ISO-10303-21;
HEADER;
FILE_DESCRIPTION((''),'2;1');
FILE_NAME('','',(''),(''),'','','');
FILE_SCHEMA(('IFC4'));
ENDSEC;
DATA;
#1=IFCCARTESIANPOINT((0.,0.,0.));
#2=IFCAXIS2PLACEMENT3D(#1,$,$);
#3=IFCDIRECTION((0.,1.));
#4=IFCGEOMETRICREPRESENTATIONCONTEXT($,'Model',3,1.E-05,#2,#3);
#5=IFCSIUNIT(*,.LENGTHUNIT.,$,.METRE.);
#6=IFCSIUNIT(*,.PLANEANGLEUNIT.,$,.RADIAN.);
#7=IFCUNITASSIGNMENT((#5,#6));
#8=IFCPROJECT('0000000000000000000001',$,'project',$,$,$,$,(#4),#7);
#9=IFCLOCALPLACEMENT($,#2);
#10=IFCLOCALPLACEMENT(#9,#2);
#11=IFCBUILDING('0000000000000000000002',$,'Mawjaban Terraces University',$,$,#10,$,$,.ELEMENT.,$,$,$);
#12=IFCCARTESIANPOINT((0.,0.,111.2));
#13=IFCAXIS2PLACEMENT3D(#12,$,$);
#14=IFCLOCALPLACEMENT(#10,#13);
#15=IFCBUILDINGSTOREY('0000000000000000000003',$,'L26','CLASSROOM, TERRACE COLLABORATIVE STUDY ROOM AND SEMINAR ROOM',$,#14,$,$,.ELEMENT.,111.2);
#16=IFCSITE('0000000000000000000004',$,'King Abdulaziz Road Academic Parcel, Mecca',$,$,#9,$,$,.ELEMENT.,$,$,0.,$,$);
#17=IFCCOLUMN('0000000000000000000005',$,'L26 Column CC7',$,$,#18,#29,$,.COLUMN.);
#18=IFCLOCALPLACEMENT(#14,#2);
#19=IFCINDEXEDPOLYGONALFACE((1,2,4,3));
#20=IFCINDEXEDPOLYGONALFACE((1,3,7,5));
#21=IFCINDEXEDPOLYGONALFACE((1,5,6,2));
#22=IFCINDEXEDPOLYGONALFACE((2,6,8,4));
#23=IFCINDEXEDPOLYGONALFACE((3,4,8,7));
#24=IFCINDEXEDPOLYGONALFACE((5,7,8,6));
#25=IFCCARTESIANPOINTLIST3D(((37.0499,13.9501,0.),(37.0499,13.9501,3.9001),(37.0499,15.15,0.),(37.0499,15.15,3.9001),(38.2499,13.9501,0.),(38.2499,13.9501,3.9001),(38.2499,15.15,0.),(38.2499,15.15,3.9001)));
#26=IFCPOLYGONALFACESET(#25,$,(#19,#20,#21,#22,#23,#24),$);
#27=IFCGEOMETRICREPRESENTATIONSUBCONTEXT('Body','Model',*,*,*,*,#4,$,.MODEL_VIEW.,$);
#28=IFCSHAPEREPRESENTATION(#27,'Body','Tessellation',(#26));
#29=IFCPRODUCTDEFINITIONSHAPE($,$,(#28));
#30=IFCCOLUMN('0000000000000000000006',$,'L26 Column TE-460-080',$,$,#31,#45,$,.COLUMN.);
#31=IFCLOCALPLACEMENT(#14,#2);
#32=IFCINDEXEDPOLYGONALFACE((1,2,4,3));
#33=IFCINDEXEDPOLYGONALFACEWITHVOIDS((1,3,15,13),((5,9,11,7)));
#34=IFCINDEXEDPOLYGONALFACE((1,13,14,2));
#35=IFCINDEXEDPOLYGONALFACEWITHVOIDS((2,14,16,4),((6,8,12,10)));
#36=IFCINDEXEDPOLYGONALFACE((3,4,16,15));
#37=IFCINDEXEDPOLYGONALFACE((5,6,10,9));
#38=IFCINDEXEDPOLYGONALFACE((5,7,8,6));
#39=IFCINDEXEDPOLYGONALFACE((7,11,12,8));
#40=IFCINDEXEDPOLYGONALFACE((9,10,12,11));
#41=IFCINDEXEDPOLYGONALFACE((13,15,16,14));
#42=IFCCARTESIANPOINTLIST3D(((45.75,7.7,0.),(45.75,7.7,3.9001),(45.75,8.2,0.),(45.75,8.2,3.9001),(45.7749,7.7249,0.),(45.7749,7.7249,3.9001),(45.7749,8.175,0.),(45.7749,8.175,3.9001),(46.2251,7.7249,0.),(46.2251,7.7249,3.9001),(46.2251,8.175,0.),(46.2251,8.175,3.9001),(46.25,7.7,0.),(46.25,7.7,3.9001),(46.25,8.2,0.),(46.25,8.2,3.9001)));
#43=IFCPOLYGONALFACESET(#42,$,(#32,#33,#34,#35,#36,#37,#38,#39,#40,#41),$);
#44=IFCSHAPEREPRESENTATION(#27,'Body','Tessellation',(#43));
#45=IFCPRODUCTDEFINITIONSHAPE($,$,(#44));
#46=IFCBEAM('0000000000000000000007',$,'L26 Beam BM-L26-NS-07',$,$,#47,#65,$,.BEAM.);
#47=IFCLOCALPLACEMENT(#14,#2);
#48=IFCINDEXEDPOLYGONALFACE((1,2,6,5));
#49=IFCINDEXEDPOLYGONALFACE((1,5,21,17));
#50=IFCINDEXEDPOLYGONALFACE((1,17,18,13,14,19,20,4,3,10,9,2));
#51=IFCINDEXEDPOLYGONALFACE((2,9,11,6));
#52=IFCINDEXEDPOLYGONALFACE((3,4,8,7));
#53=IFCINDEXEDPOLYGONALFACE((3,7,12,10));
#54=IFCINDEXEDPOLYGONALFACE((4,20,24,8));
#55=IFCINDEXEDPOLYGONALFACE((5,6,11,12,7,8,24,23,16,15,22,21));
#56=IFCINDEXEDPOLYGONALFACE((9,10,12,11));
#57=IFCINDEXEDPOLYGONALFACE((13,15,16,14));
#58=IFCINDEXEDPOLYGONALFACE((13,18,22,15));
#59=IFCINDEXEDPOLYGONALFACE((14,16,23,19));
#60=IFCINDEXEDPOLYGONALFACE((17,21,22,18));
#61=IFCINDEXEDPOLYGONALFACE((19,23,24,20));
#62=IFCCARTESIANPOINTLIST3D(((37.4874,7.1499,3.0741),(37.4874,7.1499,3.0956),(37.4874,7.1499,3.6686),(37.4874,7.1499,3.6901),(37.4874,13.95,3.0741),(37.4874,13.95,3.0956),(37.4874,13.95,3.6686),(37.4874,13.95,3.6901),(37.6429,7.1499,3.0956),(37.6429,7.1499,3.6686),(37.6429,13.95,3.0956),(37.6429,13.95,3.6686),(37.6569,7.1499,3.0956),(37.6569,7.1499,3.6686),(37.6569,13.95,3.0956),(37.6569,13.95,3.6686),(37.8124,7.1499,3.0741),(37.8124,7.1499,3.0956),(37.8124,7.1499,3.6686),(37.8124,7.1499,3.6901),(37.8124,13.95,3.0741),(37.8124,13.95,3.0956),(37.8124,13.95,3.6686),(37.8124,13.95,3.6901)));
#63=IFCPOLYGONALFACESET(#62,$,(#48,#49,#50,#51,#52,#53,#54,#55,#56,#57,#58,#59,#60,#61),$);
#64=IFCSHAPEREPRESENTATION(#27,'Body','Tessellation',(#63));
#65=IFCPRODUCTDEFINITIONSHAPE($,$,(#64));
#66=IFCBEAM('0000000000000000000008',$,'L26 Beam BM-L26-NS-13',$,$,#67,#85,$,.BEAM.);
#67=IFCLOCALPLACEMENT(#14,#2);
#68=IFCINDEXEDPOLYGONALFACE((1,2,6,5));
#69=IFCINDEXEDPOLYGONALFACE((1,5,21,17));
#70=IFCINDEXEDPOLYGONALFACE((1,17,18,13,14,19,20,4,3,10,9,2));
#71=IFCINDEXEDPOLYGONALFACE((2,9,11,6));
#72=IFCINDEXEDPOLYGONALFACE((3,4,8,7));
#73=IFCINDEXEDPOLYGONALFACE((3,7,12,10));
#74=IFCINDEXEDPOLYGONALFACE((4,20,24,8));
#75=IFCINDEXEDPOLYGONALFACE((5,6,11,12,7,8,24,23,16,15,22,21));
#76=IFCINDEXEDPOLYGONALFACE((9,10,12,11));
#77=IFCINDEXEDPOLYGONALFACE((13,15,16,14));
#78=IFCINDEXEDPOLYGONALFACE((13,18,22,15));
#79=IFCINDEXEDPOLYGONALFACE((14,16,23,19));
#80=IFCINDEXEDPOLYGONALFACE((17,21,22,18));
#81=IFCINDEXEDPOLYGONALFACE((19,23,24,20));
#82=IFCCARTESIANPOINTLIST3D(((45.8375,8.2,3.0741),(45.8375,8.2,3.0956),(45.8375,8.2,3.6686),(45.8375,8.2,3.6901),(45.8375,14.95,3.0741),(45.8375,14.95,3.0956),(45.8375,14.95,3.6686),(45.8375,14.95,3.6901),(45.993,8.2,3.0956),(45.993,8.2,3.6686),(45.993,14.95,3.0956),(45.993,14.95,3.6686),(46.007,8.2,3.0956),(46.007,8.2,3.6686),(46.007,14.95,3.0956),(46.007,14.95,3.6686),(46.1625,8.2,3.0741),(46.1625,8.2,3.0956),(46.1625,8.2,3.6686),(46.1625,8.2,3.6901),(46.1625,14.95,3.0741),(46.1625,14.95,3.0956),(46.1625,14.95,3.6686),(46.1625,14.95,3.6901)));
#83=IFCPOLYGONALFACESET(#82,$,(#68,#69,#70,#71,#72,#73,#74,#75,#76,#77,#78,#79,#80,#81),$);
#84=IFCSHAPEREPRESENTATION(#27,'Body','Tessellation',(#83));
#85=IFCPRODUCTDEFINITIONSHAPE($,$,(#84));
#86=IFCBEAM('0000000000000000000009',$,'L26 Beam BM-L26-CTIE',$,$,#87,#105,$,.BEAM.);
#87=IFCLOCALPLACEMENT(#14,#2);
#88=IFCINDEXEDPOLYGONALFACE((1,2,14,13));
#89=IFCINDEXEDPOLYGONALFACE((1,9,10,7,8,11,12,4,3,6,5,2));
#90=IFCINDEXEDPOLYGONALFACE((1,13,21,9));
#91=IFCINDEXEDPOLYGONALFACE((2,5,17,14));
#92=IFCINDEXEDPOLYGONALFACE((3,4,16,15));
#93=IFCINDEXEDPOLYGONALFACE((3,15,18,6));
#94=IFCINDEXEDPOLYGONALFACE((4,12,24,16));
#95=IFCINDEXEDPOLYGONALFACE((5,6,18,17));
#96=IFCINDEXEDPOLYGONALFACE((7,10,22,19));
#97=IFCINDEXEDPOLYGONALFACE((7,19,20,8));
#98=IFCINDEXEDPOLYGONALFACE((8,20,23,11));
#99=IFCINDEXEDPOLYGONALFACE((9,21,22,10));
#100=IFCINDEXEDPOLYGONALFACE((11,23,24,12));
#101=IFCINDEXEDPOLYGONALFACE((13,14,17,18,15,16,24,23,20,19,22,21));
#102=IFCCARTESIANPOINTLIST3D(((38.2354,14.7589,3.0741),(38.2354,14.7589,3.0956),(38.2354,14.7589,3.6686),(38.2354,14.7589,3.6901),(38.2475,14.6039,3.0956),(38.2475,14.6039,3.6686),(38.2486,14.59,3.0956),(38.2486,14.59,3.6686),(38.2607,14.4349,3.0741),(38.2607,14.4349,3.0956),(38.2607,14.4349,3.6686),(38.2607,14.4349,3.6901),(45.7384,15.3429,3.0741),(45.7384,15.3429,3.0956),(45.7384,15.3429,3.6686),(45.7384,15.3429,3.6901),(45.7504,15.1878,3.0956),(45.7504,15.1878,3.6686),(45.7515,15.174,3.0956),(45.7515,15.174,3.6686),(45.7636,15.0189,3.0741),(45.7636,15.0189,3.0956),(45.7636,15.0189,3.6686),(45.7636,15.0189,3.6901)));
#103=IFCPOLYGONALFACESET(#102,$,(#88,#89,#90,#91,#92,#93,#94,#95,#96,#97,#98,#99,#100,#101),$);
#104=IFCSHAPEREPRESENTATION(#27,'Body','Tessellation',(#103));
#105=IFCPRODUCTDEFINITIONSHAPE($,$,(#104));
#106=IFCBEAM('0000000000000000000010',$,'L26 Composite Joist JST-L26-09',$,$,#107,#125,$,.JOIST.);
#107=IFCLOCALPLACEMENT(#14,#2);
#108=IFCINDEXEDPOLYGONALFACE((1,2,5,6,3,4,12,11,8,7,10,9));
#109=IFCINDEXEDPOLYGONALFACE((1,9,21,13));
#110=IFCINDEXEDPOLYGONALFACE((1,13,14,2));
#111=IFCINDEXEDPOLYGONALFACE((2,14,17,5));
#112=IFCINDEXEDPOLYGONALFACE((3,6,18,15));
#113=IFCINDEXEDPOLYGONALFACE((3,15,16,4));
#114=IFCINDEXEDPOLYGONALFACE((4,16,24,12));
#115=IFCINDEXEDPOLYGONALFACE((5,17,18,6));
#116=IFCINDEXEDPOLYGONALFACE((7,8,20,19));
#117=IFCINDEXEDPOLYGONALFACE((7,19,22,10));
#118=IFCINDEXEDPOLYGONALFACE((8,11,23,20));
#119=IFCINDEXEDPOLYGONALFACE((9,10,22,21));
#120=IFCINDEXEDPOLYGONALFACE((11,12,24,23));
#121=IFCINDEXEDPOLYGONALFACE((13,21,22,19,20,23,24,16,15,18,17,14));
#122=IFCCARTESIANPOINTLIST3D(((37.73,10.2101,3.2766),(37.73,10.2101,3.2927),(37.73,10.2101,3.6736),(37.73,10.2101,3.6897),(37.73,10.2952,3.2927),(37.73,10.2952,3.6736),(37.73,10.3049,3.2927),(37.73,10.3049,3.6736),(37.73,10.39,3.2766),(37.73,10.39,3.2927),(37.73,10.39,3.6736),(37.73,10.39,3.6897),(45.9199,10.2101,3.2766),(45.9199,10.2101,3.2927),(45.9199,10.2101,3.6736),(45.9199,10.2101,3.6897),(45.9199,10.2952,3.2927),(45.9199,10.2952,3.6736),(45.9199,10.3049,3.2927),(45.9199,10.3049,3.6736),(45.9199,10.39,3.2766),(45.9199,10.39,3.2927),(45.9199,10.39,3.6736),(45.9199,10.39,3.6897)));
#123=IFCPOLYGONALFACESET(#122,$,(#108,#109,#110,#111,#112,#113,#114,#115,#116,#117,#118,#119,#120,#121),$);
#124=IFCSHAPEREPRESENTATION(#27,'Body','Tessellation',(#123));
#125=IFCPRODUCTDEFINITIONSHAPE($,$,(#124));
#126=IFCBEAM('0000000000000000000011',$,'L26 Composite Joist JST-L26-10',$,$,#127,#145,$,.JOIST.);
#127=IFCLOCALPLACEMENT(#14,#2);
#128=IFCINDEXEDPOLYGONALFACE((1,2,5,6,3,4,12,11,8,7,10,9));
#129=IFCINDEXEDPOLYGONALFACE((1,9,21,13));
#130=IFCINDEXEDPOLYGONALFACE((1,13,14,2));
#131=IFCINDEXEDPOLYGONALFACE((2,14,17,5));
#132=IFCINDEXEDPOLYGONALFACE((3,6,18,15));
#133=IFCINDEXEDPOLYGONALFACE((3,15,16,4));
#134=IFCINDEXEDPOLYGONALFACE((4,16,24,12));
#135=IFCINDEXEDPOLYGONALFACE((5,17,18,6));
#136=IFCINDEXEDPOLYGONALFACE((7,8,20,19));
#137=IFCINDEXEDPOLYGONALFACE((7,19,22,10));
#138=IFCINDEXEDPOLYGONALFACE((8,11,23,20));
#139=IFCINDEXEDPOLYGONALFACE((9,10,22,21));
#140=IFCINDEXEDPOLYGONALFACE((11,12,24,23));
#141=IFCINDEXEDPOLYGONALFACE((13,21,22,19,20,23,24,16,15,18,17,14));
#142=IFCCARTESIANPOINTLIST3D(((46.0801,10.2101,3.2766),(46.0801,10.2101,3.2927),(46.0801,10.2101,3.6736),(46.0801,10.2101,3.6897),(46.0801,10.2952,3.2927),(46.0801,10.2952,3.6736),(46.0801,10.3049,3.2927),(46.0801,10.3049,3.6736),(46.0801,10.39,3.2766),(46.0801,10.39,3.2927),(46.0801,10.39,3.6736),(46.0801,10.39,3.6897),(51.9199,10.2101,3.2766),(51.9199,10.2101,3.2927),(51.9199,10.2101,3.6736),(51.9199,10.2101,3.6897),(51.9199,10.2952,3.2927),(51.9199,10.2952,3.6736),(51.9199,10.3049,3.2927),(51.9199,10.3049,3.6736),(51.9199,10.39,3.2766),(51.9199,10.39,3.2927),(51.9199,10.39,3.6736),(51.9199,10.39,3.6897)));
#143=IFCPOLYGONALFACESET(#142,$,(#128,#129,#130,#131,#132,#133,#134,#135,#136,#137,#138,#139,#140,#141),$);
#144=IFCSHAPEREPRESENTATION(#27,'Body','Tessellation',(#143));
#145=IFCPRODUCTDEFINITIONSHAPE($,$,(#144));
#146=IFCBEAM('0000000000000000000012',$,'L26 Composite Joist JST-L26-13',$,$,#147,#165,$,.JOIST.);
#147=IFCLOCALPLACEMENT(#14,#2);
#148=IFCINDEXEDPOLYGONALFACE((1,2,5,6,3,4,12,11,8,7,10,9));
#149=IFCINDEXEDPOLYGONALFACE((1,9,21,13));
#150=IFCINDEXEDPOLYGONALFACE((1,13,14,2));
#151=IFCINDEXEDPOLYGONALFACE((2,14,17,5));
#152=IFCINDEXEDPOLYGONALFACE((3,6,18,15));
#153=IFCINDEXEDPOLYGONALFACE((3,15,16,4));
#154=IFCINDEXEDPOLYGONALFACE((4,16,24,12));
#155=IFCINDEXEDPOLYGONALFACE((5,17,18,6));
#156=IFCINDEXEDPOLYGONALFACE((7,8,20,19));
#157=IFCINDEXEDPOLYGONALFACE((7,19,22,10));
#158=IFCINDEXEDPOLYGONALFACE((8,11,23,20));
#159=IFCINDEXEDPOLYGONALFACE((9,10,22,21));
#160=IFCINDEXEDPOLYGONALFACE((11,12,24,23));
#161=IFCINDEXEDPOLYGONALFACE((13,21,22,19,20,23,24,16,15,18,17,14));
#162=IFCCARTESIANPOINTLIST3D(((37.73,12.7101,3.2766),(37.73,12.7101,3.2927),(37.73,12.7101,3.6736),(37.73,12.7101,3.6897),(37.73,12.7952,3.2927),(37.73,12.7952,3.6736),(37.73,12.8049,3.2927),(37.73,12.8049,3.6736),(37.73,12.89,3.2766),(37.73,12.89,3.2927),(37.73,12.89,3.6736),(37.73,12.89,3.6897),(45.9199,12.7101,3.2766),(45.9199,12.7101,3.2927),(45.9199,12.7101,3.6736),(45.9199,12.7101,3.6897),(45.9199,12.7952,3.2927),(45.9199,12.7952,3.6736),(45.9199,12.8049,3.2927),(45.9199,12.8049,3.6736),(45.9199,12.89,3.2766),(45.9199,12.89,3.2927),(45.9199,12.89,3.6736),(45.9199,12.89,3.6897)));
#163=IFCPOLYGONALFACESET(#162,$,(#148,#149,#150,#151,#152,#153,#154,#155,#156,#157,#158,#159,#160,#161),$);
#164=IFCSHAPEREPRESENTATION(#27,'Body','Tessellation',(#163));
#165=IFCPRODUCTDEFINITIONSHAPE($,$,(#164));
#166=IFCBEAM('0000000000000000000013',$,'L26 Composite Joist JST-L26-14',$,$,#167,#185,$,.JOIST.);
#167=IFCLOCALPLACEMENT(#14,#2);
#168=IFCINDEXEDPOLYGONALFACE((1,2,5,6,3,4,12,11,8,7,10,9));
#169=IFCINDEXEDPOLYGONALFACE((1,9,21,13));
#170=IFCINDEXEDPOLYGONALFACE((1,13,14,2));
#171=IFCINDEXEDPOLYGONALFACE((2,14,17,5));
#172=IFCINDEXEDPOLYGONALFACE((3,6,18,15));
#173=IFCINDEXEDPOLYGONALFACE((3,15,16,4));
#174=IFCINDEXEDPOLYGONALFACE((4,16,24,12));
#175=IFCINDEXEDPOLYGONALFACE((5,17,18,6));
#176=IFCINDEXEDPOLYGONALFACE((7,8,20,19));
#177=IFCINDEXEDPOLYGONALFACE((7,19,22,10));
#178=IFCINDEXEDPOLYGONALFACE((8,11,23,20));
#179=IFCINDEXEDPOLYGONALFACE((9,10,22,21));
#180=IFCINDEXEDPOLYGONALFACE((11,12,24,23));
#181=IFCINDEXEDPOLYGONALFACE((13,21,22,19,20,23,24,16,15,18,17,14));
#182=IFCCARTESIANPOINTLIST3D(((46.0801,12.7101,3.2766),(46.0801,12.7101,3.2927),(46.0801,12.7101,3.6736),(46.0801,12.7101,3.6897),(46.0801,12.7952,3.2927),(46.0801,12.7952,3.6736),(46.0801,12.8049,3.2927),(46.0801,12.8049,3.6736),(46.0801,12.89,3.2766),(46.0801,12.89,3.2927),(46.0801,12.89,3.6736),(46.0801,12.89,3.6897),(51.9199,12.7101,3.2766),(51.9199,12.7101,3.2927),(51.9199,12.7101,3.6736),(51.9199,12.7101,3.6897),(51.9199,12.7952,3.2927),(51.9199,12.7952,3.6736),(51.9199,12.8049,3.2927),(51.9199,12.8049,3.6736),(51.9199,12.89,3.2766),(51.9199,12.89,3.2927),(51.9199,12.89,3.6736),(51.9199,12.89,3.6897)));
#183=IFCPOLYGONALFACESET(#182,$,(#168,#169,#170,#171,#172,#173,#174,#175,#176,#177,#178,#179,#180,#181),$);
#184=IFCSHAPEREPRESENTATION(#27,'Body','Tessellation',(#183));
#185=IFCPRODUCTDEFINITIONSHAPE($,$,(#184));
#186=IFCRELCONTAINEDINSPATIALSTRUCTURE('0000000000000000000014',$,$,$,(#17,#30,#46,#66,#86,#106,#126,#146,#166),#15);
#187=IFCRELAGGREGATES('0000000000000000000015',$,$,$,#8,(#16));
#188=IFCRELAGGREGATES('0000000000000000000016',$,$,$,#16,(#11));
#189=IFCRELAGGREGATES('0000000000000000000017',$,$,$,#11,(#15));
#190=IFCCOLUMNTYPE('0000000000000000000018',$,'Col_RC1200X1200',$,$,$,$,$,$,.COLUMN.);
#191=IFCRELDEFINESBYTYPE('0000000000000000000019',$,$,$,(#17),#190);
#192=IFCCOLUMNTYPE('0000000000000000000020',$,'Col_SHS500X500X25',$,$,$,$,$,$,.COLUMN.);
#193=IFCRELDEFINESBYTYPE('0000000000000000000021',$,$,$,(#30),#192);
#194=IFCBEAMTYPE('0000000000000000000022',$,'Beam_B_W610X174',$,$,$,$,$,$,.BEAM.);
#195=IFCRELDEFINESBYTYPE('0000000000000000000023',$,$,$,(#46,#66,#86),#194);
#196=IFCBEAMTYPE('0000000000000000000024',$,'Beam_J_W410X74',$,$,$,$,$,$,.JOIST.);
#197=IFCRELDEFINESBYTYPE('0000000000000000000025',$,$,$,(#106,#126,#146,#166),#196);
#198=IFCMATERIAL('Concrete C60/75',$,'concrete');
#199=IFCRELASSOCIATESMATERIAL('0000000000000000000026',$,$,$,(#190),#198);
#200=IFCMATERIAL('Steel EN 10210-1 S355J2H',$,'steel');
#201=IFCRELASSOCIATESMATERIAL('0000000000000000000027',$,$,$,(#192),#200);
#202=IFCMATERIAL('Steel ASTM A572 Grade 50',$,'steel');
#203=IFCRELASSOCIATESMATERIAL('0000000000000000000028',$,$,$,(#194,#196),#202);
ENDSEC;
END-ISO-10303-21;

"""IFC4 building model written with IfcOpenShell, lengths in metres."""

from ifc_helpers import new_model, si_unit, direction, frame, origin, origin_2d, place, context, subcontext, project, spatial, rectangle, hollow_rectangle, i_section, extrude, material, material_profile, profile_set, type_object, element, save


model = new_model("IFC4")

# Units and contexts
model_context = context("Model", 3, precision=1e-05, world=origin(), true_north=direction((0.0, 1.0)))
body_context = subcontext(model_context, "Body", "Model", "MODEL_VIEW")
ifc_project = project(units=[si_unit("LENGTHUNIT", "METRE"), si_unit("PLANEANGLEUNIT", "RADIAN")], contexts=[model_context])

# Site, building, storey
site_placement = place(None, origin())
site = spatial("IfcSite", under=ifc_project, at=site_placement, Name="King Abdulaziz Road Academic Parcel, Mecca", CompositionType="ELEMENT", RefElevation=0.0)
building_placement = place(site_placement, origin())
building = spatial("IfcBuilding", under=site, at=building_placement, Name="Mawjaban Terraces University", CompositionType="ELEMENT")
storey_placement = place(building_placement, frame((0.0, 0.0, 111.2)))
storey = spatial("IfcBuildingStorey", under=building, at=storey_placement, Name="L26", Description="CLASSROOM, TERRACE COLLABORATIVE STUDY ROOM AND SEMINAR ROOM", CompositionType="ELEMENT", Elevation=111.2)

# Columns
ifc_material_1 = material(Name="Concrete C60/75", Category="concrete")
ifc_material_profile_1 = material_profile(ifc_material_1, rectangle(XDim=1.2, YDim=1.2, at=origin_2d()), Name="RC1200X1200")
ifc_profile_set_1 = profile_set([ifc_material_profile_1], Name="Concrete C60/75")
column_type_1 = type_object("IfcColumnType", Name="Col_RC1200X1200", PredefinedType="COLUMN", material=ifc_profile_set_1)
column_1_placement = place(storey_placement, frame((37.6499, 14.55, 0.0), z_axis=(0.0, 0.0, 1.0), x_axis=(1.0, 0.0, 0.0)))
element("IfcColumn", 1, at=column_1_placement, inside=storey, type_object=column_type_1, Name="L26 Column CC7", PredefinedType="COLUMN", context=body_context, shape_type="SweptSolid", body=[
    extrude(rectangle(XDim=1.2, YDim=1.2, at=origin_2d()), origin(), (0.0, 0.0, 1.0), 3.9001),
])
ifc_material_2 = material(Name="Steel EN 10210-1 S355J2H", Category="steel")
ifc_material_profile_2 = material_profile(ifc_material_2, hollow_rectangle(XDim=0.5, YDim=0.5, WallThickness=0.0249, at=origin_2d()), Name="SHS500X500X25")
ifc_profile_set_2 = profile_set([ifc_material_profile_2], Name="Steel EN 10210-1 S355J2H")
column_type_2 = type_object("IfcColumnType", Name="Col_SHS500X500X25", PredefinedType="COLUMN", material=ifc_profile_set_2)
column_2_placement = place(storey_placement, frame((46.0, 7.95, 0.0), z_axis=(0.0, 0.0, 1.0), x_axis=(1.0, 0.0, 0.0)))
element("IfcColumn", 2, at=column_2_placement, inside=storey, type_object=column_type_2, Name="L26 Column TE-460-080", PredefinedType="COLUMN", context=body_context, shape_type="SweptSolid", body=[
    extrude(hollow_rectangle(XDim=0.5, YDim=0.5, WallThickness=0.0249, at=origin_2d()), origin(), (0.0, 0.0, 1.0), 3.9001),
])

# Beams
ifc_material_3 = material(Name="Steel ASTM A572 Grade 50", Category="steel")
ifc_material_profile_3 = material_profile(ifc_material_3, i_section(OverallWidth=0.325, OverallDepth=0.616, WebThickness=0.0139, FlangeThickness=0.0215, at=origin_2d()), Name="W610X174")
ifc_profile_set_3 = profile_set([ifc_material_profile_3], Name="Steel ASTM A572 Grade 50")
beam_type_1 = type_object("IfcBeamType", Name="Beam_B_W610X174", PredefinedType="BEAM", material=ifc_profile_set_3)
beam_1_placement = place(storey_placement, frame((37.6499, 7.1499, 3.3821), z_axis=(0.0, 1.0, 0.0), x_axis=(-1.0, 0.0, 0.0)))
element("IfcBeam", 3, at=beam_1_placement, inside=storey, type_object=beam_type_1, Name="L26 Beam BM-L26-NS-07", PredefinedType="BEAM", context=body_context, shape_type="SweptSolid", body=[
    extrude(i_section(OverallWidth=0.325, OverallDepth=0.616, WebThickness=0.0139, FlangeThickness=0.0215, at=origin_2d()), origin(), (0.0, 0.0, 1.0), 6.8),
])
beam_2_placement = place(storey_placement, frame((46.0, 8.2, 3.3821), z_axis=(0.0, 1.0, 0.0), x_axis=(-1.0, 0.0, 0.0)))
element("IfcBeam", 4, at=beam_2_placement, inside=storey, type_object=beam_type_1, Name="L26 Beam BM-L26-NS-13", PredefinedType="BEAM", context=body_context, shape_type="SweptSolid", body=[
    extrude(i_section(OverallWidth=0.325, OverallDepth=0.616, WebThickness=0.0139, FlangeThickness=0.0215, at=origin_2d()), origin(), (0.0, 0.0, 1.0), 6.75),
])
beam_3_placement = place(storey_placement, frame((38.248, 14.5969, 3.3821), z_axis=(0.996985, 0.077599, 0.0), x_axis=(-0.077599, 0.996985, 0.0)))
element("IfcBeam", 5, at=beam_3_placement, inside=storey, type_object=beam_type_1, Name="L26 Beam BM-L26-CTIE", PredefinedType="BEAM", context=body_context, shape_type="SweptSolid", body=[
    extrude(i_section(OverallWidth=0.325, OverallDepth=0.616, WebThickness=0.0139, FlangeThickness=0.0215, at=origin_2d()), origin(), (0.0, 0.0, 1.0), 7.5256),
])
ifc_material_profile_4 = material_profile(ifc_material_3, i_section(OverallWidth=0.1799, OverallDepth=0.4131, WebThickness=0.0098, FlangeThickness=0.0161, at=origin_2d()), Name="W410X74")
ifc_profile_set_4 = profile_set([ifc_material_profile_4], Name="Steel ASTM A572 Grade 50")
beam_type_2 = type_object("IfcBeamType", Name="Beam_J_W410X74", PredefinedType="JOIST", material=ifc_profile_set_4)
beam_4_placement = place(storey_placement, frame((37.73, 10.3, 3.4832), z_axis=(1.0, 0.0, 0.0), x_axis=(0.0, 1.0, 0.0)))
element("IfcBeam", 6, at=beam_4_placement, inside=storey, type_object=beam_type_2, Name="L26 Composite Joist JST-L26-09", PredefinedType="JOIST", context=body_context, shape_type="SweptSolid", body=[
    extrude(i_section(OverallWidth=0.1799, OverallDepth=0.4131, WebThickness=0.0098, FlangeThickness=0.0161, at=origin_2d()), origin(), (0.0, 0.0, 1.0), 8.1899),
])
beam_5_placement = place(storey_placement, frame((46.0801, 10.3, 3.4832), z_axis=(1.0, 0.0, 0.0), x_axis=(0.0, 1.0, 0.0)))
element("IfcBeam", 7, at=beam_5_placement, inside=storey, type_object=beam_type_2, Name="L26 Composite Joist JST-L26-10", PredefinedType="JOIST", context=body_context, shape_type="SweptSolid", body=[
    extrude(i_section(OverallWidth=0.1799, OverallDepth=0.4131, WebThickness=0.0098, FlangeThickness=0.0161, at=origin_2d()), origin(), (0.0, 0.0, 1.0), 5.8398),
])
beam_6_placement = place(storey_placement, frame((37.73, 12.8, 3.4832), z_axis=(1.0, 0.0, 0.0), x_axis=(0.0, 1.0, 0.0)))
element("IfcBeam", 8, at=beam_6_placement, inside=storey, type_object=beam_type_2, Name="L26 Composite Joist JST-L26-13", PredefinedType="JOIST", context=body_context, shape_type="SweptSolid", body=[
    extrude(i_section(OverallWidth=0.1799, OverallDepth=0.4131, WebThickness=0.0098, FlangeThickness=0.0161, at=origin_2d()), origin(), (0.0, 0.0, 1.0), 8.1899),
])
beam_7_placement = place(storey_placement, frame((46.0801, 12.8, 3.4832), z_axis=(1.0, 0.0, 0.0), x_axis=(0.0, 1.0, 0.0)))
element("IfcBeam", 9, at=beam_7_placement, inside=storey, type_object=beam_type_2, Name="L26 Composite Joist JST-L26-14", PredefinedType="JOIST", context=body_context, shape_type="SweptSolid", body=[
    extrude(i_section(OverallWidth=0.1799, OverallDepth=0.4131, WebThickness=0.0098, FlangeThickness=0.0161, at=origin_2d()), origin(), (0.0, 0.0, 1.0), 5.8398),
])

save(model, "model.ifc")
